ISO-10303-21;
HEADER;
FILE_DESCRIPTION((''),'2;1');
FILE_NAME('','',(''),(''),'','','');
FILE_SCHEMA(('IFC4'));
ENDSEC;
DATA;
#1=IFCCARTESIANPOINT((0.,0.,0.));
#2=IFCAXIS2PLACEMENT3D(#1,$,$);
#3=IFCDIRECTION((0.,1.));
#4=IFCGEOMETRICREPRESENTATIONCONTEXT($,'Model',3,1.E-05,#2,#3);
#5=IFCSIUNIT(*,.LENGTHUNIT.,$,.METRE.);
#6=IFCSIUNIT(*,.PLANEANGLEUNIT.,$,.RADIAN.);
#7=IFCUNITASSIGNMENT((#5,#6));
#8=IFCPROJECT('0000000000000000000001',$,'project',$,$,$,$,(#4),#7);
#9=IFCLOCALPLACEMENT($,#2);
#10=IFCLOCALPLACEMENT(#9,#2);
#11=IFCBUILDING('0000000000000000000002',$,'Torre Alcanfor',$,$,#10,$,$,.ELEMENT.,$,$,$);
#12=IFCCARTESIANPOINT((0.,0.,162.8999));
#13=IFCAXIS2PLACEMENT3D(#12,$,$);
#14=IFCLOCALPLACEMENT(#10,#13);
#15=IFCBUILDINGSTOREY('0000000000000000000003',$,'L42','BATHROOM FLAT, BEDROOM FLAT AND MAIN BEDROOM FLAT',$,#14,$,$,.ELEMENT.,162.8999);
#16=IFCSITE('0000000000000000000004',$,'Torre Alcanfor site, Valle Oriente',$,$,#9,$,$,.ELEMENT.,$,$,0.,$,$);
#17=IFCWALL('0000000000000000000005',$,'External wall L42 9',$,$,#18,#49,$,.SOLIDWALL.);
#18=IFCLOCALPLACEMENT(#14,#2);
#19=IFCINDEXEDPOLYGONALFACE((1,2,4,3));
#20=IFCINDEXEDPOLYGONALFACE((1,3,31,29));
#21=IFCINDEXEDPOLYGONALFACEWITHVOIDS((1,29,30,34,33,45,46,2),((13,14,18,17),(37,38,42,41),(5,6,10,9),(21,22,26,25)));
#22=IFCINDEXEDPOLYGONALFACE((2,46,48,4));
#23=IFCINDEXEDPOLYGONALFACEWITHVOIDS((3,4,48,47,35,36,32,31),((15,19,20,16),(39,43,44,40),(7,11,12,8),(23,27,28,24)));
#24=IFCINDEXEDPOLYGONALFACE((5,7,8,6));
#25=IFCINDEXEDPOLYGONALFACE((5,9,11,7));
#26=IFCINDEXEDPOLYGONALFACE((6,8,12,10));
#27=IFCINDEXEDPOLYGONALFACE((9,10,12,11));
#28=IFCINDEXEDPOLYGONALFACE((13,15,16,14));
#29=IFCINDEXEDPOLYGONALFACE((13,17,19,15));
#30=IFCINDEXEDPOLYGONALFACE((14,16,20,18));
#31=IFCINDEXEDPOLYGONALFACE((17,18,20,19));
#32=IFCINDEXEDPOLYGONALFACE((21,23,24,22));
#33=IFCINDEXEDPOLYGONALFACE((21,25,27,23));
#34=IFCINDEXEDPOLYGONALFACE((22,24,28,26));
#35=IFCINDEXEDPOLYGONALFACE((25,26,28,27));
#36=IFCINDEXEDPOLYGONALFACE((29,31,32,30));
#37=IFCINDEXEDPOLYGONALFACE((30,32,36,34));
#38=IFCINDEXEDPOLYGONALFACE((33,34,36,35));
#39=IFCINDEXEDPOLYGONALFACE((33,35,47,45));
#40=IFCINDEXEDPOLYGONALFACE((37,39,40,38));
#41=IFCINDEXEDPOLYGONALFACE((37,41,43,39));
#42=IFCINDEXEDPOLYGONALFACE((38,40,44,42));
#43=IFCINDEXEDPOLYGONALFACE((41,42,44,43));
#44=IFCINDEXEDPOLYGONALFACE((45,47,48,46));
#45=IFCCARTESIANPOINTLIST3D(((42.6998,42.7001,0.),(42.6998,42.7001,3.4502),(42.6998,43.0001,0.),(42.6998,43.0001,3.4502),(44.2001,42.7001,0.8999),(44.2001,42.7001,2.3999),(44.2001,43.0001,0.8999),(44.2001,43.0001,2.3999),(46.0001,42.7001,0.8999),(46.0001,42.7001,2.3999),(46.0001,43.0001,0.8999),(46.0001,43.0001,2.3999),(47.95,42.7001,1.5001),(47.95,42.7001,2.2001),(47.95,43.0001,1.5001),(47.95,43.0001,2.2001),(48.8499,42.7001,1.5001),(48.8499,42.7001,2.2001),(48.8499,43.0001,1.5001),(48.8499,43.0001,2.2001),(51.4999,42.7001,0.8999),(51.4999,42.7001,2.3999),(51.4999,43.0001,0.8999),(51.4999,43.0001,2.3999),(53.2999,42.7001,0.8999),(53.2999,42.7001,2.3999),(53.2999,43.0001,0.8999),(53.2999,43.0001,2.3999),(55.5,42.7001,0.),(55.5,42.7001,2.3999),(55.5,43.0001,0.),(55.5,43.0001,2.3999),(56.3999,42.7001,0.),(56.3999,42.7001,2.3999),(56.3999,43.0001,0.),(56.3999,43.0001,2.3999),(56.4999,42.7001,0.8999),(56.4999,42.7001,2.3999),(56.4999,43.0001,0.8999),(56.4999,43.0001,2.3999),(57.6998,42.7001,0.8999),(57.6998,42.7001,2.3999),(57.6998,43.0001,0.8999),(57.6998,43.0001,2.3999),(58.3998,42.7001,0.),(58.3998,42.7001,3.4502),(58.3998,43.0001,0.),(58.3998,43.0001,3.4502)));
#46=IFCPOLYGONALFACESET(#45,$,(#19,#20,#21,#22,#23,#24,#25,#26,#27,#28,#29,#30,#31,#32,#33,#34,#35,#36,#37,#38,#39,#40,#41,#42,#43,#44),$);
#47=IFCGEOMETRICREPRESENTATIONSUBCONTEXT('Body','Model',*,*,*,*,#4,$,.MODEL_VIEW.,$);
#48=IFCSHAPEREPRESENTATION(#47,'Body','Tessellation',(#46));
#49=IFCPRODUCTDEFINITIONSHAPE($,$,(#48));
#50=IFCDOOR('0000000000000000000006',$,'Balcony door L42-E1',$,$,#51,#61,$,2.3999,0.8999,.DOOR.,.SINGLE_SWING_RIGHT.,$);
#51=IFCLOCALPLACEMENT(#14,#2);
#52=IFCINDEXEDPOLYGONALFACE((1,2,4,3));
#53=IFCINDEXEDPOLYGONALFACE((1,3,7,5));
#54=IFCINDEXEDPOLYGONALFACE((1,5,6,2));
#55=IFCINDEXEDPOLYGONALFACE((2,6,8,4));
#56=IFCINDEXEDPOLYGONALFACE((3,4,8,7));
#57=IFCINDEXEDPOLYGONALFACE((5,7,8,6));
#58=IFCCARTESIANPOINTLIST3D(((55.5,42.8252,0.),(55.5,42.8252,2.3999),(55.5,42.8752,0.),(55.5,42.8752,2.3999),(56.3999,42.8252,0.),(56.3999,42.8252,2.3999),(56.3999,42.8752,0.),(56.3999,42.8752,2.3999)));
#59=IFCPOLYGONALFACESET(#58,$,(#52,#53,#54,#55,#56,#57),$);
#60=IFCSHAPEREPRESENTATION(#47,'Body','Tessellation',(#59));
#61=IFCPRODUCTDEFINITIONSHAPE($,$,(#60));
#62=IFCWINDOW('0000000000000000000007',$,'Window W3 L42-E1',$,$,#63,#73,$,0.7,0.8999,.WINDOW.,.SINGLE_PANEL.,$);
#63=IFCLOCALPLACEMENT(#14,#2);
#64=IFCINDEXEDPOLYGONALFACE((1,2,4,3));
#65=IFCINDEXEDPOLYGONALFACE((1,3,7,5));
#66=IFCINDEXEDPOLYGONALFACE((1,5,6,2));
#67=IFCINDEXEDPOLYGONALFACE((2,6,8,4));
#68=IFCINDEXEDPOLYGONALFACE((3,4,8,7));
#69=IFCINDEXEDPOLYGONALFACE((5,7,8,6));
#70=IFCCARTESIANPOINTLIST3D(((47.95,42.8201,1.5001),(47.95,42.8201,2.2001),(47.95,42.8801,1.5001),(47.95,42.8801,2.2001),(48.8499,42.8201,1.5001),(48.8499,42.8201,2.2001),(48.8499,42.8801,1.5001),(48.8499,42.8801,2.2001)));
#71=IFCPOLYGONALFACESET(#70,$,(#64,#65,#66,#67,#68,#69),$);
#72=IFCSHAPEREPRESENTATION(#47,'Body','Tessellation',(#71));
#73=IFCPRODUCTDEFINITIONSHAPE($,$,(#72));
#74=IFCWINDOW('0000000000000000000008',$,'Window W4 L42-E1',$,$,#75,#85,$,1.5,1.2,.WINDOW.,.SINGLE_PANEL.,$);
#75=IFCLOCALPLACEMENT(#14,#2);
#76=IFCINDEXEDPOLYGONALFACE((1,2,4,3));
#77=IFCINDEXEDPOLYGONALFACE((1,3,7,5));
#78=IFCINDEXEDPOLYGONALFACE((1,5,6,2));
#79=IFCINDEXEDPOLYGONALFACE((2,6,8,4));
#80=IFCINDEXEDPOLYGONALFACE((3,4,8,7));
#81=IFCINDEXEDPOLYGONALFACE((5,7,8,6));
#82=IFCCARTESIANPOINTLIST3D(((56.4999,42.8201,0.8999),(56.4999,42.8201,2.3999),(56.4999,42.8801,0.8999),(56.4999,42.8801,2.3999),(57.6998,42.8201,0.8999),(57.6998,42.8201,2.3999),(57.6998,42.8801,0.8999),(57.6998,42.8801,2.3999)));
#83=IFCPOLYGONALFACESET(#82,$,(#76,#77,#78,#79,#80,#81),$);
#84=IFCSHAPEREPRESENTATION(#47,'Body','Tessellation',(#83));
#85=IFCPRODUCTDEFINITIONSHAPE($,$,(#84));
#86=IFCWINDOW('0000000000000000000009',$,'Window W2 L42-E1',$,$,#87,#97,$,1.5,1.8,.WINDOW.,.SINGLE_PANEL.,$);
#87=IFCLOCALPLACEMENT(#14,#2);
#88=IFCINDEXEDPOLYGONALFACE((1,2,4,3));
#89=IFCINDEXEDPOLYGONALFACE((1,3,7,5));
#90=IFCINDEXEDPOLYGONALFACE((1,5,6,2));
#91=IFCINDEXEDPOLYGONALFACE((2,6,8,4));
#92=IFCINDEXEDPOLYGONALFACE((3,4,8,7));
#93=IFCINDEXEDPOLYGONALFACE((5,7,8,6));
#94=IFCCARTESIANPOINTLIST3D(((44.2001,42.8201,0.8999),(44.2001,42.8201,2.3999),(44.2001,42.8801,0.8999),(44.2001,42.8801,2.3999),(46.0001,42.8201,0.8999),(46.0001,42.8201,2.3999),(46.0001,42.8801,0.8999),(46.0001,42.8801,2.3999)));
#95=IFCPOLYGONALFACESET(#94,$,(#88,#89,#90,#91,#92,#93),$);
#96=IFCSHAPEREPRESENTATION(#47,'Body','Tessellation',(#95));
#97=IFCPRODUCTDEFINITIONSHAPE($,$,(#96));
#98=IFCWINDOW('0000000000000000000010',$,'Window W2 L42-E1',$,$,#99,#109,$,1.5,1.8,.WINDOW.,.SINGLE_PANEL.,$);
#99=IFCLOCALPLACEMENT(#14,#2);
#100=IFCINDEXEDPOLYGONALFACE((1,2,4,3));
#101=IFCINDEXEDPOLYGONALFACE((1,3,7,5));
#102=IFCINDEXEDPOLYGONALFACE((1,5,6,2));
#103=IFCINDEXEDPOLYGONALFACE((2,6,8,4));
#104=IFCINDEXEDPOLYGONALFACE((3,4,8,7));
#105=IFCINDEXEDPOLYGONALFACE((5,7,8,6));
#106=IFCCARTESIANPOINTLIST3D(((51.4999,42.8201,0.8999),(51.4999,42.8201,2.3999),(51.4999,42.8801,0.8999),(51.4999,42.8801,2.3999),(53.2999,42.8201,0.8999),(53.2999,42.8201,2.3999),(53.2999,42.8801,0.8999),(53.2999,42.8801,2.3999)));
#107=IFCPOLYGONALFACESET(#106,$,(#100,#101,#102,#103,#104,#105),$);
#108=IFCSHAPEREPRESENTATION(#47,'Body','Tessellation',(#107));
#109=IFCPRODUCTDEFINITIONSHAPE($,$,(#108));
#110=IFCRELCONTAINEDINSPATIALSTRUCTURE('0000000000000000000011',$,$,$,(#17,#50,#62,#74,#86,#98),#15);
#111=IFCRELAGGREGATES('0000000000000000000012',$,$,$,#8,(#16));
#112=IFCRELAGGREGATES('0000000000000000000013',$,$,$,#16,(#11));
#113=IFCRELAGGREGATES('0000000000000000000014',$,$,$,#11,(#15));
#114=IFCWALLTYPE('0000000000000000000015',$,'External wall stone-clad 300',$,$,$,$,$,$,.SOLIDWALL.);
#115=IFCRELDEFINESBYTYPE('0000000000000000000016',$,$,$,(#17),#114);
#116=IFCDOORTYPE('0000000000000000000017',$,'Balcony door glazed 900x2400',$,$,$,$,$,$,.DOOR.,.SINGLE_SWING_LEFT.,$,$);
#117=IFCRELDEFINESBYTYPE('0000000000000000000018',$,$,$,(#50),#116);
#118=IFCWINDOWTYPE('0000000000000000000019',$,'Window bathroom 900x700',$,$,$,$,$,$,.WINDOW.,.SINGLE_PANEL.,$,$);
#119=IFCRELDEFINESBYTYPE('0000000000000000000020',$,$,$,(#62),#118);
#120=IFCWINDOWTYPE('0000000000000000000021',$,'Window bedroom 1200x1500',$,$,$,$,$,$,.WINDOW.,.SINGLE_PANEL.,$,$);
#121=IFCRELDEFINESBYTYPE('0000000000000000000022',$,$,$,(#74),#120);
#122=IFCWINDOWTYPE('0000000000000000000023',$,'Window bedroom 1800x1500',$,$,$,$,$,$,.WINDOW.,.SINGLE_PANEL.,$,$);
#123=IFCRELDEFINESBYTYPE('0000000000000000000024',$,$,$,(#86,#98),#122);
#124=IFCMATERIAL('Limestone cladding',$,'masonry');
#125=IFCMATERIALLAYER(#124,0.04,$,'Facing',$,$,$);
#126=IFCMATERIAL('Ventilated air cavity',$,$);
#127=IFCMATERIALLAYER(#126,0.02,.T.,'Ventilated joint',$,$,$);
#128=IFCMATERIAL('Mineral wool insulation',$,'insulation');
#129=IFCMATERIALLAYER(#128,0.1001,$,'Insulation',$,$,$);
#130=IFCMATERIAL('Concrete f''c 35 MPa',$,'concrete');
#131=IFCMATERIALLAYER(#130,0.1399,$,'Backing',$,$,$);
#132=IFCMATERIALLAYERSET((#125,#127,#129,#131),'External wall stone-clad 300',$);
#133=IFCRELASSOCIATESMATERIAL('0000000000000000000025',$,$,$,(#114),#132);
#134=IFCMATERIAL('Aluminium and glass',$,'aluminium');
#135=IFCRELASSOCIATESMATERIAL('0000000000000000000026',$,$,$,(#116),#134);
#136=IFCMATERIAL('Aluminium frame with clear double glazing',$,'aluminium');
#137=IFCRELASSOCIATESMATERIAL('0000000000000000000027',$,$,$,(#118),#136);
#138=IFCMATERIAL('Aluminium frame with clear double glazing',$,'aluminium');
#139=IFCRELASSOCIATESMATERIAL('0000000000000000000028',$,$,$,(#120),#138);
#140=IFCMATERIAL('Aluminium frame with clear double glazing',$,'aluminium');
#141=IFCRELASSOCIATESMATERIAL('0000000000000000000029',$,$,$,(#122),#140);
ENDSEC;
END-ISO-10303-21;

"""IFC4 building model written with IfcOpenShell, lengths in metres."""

from ifc_helpers import new_model, si_unit, direction, frame, frame_2d, origin, place, context, subcontext, project, spatial, rectangle, extrude, material, layer, layer_set, type_object, element, fill, save


model = new_model("IFC4")

# Units and contexts
model_context = context("Model", 3, precision=1e-05, world=origin(), true_north=direction((0.0, 1.0)))
body_context = subcontext(model_context, "Body", "Model", "MODEL_VIEW")
ifc_project = project(units=[si_unit("LENGTHUNIT", "METRE"), si_unit("PLANEANGLEUNIT", "RADIAN")], contexts=[model_context])

# Site, building, storey
site_placement = place(None, origin())
site = spatial("IfcSite", under=ifc_project, at=site_placement, Name="Torre Alcanfor site, Valle Oriente", CompositionType="ELEMENT", RefElevation=0.0)
building_placement = place(site_placement, origin())
building = spatial("IfcBuilding", under=site, at=building_placement, Name="Torre Alcanfor", CompositionType="ELEMENT")
storey_placement = place(building_placement, frame((0.0, 0.0, 162.8999)))
storey = spatial("IfcBuildingStorey", under=building, at=storey_placement, Name="L42", Description="BATHROOM FLAT, BEDROOM FLAT AND MAIN BEDROOM FLAT", CompositionType="ELEMENT", Elevation=162.8999)

# Wall, openings, door, windows
ifc_material_1 = material(Name="Limestone cladding", Category="masonry")
ifc_layer_1 = layer(ifc_material_1, 0.04, Name="Facing")
ifc_material_2 = material(Name="Ventilated air cavity")
ifc_layer_2 = layer(ifc_material_2, 0.02, ventilated=True, Name="Ventilated joint")
ifc_material_3 = material(Name="Mineral wool insulation", Category="insulation")
ifc_layer_3 = layer(ifc_material_3, 0.1001, Name="Insulation")
ifc_material_4 = material(Name="Concrete f'c 35 MPa", Category="concrete")
ifc_layer_4 = layer(ifc_material_4, 0.1399, Name="Backing")
ifc_layer_set_1 = layer_set([ifc_layer_1, ifc_layer_2, ifc_layer_3, ifc_layer_4], Name="External wall stone-clad 300")
wall_type_1 = type_object("IfcWallType", Name="External wall stone-clad 300", PredefinedType="SOLIDWALL", material=ifc_layer_set_1)
wall_1_placement = place(storey_placement, frame((58.3999, 42.8501, 0.0), z_axis=(0.0, 0.0, 1.0), x_axis=(-1.0, 0.0, 0.0)))
wall_1 = element("IfcWall", 1, at=wall_1_placement, inside=storey, type_object=wall_type_1, Name="External wall L42 9", PredefinedType="SOLIDWALL", context=body_context, shape_type="SweptSolid", body=[
    extrude(rectangle(XDim=15.7, YDim=0.3, at=frame_2d((7.8501, 0.0))), origin(), (0.0, 0.0, 1.0), 3.4502),
])
opening_1_placement = place(wall_1_placement, frame((12.3999, 0.0, 0.8999)))
opening_1 = element("IfcOpeningElement", 2, at=opening_1_placement, cuts=wall_1, PredefinedType="OPENING", context=body_context, shape_type="SweptSolid", body=[
    extrude(rectangle(XDim=1.8, YDim=1.5, at=frame_2d((0.8999, 0.75))), frame((0.0, 0.1599, 0.0), z_axis=(0.0, -1.0, 0.0), x_axis=(1.0, 0.0, 0.0)), (0.0, 0.0, 1.0), 0.3201),
])
opening_2_placement = place(wall_1_placement, frame((9.55, 0.0, 1.5)))
opening_2 = element("IfcOpeningElement", 3, at=opening_2_placement, cuts=wall_1, PredefinedType="OPENING", context=body_context, shape_type="SweptSolid", body=[
    extrude(rectangle(XDim=0.8999, YDim=0.7, at=frame_2d((0.45, 0.3501))), frame((0.0, 0.1599, 0.0), z_axis=(0.0, -1.0, 0.0), x_axis=(1.0, 0.0, 0.0)), (0.0, 0.0, 1.0), 0.3201),
])
opening_3_placement = place(wall_1_placement, frame((5.1001, 0.0, 0.8999)))
opening_3 = element("IfcOpeningElement", 4, at=opening_3_placement, cuts=wall_1, PredefinedType="OPENING", context=body_context, shape_type="SweptSolid", body=[
    extrude(rectangle(XDim=1.8, YDim=1.5, at=frame_2d((0.8999, 0.75))), frame((0.0, 0.1599, 0.0), z_axis=(0.0, -1.0, 0.0), x_axis=(1.0, 0.0, 0.0)), (0.0, 0.0, 1.0), 0.3201),
])
opening_4_placement = place(wall_1_placement, frame((2.0, 0.0, 0.0)))
opening_4 = element("IfcOpeningElement", 5, at=opening_4_placement, cuts=wall_1, PredefinedType="OPENING", context=body_context, shape_type="SweptSolid", body=[
    extrude(rectangle(XDim=0.8999, YDim=2.3999, at=frame_2d((0.45, 1.2))), frame((0.0, 0.1599, 0.0), z_axis=(0.0, -1.0, 0.0), x_axis=(1.0, 0.0, 0.0)), (0.0, 0.0, 1.0), 0.3201),
])
opening_5_placement = place(wall_1_placement, frame((0.7, 0.0, 0.8999)))
opening_5 = element("IfcOpeningElement", 6, at=opening_5_placement, cuts=wall_1, PredefinedType="OPENING", context=body_context, shape_type="SweptSolid", body=[
    extrude(rectangle(XDim=1.2, YDim=1.5, at=frame_2d((0.6001, 0.75))), frame((0.0, 0.1599, 0.0), z_axis=(0.0, -1.0, 0.0), x_axis=(1.0, 0.0, 0.0)), (0.0, 0.0, 1.0), 0.3201),
])
ifc_material_5 = material(Name="Aluminium and glass", Category="aluminium")
door_type_1 = type_object("IfcDoorType", Name="Balcony door glazed 900x2400", OperationType="SINGLE_SWING_LEFT", PredefinedType="DOOR", material=ifc_material_5)
door_1_placement = place(opening_4_placement, origin())
door_1 = element("IfcDoor", 7, at=door_1_placement, inside=storey, type_object=door_type_1, Name="Balcony door L42-E1", OperationType="SINGLE_SWING_RIGHT", OverallHeight=2.3999, OverallWidth=0.8999, PredefinedType="DOOR", context=body_context, shape_type="SweptSolid", body=[
    extrude(rectangle(XDim=0.8999, YDim=2.3999, at=frame_2d((0.45, 1.2))), frame((0.0, 0.0249, 0.0), z_axis=(0.0, -1.0, 0.0), x_axis=(1.0, 0.0, 0.0)), (0.0, 0.0, 1.0), 0.05),
])
fill(opening_4, door_1)
ifc_material_6 = material(Name="Aluminium frame with clear double glazing", Category="aluminium")
window_type_1 = type_object("IfcWindowType", Name="Window bathroom 900x700", PartitioningType="SINGLE_PANEL", PredefinedType="WINDOW", material=ifc_material_6)
window_1_placement = place(opening_2_placement, origin())
window_1 = element("IfcWindow", 8, at=window_1_placement, inside=storey, type_object=window_type_1, Name="Window W3 L42-E1", OverallHeight=0.7, OverallWidth=0.8999, PartitioningType="SINGLE_PANEL", PredefinedType="WINDOW", context=body_context, shape_type="SweptSolid", body=[
    extrude(rectangle(XDim=0.8999, YDim=0.7, at=frame_2d((0.45, 0.3501))), frame((0.0, 0.03, 0.0), z_axis=(0.0, -1.0, 0.0), x_axis=(1.0, 0.0, 0.0)), (0.0, 0.0, 1.0), 0.0601),
])
fill(opening_2, window_1)
ifc_material_7 = material(Name="Aluminium frame with clear double glazing", Category="aluminium")
window_type_2 = type_object("IfcWindowType", Name="Window bedroom 1200x1500", PartitioningType="SINGLE_PANEL", PredefinedType="WINDOW", material=ifc_material_7)
window_2_placement = place(opening_5_placement, origin())
window_2 = element("IfcWindow", 9, at=window_2_placement, inside=storey, type_object=window_type_2, Name="Window W4 L42-E1", OverallHeight=1.5, OverallWidth=1.2, PartitioningType="SINGLE_PANEL", PredefinedType="WINDOW", context=body_context, shape_type="SweptSolid", body=[
    extrude(rectangle(XDim=1.2, YDim=1.5, at=frame_2d((0.6001, 0.75))), frame((0.0, 0.03, 0.0), z_axis=(0.0, -1.0, 0.0), x_axis=(1.0, 0.0, 0.0)), (0.0, 0.0, 1.0), 0.0601),
])
fill(opening_5, window_2)
ifc_material_8 = material(Name="Aluminium frame with clear double glazing", Category="aluminium")
window_type_3 = type_object("IfcWindowType", Name="Window bedroom 1800x1500", PartitioningType="SINGLE_PANEL", PredefinedType="WINDOW", material=ifc_material_8)
window_3_placement = place(opening_1_placement, origin())
window_3 = element("IfcWindow", 10, at=window_3_placement, inside=storey, type_object=window_type_3, Name="Window W2 L42-E1", OverallHeight=1.5, OverallWidth=1.8, PartitioningType="SINGLE_PANEL", PredefinedType="WINDOW", context=body_context, shape_type="SweptSolid", body=[
    extrude(rectangle(XDim=1.8, YDim=1.5, at=frame_2d((0.8999, 0.75))), frame((0.0, 0.03, 0.0), z_axis=(0.0, -1.0, 0.0), x_axis=(1.0, 0.0, 0.0)), (0.0, 0.0, 1.0), 0.0601),
])
fill(opening_1, window_3)
window_4_placement = place(opening_3_placement, origin())
window_4 = element("IfcWindow", 11, at=window_4_placement, inside=storey, type_object=window_type_3, Name="Window W2 L42-E1", OverallHeight=1.5, OverallWidth=1.8, PartitioningType="SINGLE_PANEL", PredefinedType="WINDOW", context=body_context, shape_type="SweptSolid", body=[
    extrude(rectangle(XDim=1.8, YDim=1.5, at=frame_2d((0.8999, 0.75))), frame((0.0, 0.03, 0.0), z_axis=(0.0, -1.0, 0.0), x_axis=(1.0, 0.0, 0.0)), (0.0, 0.0, 1.0), 0.0601),
])
fill(opening_3, window_4)

save(model, "model.ifc")
